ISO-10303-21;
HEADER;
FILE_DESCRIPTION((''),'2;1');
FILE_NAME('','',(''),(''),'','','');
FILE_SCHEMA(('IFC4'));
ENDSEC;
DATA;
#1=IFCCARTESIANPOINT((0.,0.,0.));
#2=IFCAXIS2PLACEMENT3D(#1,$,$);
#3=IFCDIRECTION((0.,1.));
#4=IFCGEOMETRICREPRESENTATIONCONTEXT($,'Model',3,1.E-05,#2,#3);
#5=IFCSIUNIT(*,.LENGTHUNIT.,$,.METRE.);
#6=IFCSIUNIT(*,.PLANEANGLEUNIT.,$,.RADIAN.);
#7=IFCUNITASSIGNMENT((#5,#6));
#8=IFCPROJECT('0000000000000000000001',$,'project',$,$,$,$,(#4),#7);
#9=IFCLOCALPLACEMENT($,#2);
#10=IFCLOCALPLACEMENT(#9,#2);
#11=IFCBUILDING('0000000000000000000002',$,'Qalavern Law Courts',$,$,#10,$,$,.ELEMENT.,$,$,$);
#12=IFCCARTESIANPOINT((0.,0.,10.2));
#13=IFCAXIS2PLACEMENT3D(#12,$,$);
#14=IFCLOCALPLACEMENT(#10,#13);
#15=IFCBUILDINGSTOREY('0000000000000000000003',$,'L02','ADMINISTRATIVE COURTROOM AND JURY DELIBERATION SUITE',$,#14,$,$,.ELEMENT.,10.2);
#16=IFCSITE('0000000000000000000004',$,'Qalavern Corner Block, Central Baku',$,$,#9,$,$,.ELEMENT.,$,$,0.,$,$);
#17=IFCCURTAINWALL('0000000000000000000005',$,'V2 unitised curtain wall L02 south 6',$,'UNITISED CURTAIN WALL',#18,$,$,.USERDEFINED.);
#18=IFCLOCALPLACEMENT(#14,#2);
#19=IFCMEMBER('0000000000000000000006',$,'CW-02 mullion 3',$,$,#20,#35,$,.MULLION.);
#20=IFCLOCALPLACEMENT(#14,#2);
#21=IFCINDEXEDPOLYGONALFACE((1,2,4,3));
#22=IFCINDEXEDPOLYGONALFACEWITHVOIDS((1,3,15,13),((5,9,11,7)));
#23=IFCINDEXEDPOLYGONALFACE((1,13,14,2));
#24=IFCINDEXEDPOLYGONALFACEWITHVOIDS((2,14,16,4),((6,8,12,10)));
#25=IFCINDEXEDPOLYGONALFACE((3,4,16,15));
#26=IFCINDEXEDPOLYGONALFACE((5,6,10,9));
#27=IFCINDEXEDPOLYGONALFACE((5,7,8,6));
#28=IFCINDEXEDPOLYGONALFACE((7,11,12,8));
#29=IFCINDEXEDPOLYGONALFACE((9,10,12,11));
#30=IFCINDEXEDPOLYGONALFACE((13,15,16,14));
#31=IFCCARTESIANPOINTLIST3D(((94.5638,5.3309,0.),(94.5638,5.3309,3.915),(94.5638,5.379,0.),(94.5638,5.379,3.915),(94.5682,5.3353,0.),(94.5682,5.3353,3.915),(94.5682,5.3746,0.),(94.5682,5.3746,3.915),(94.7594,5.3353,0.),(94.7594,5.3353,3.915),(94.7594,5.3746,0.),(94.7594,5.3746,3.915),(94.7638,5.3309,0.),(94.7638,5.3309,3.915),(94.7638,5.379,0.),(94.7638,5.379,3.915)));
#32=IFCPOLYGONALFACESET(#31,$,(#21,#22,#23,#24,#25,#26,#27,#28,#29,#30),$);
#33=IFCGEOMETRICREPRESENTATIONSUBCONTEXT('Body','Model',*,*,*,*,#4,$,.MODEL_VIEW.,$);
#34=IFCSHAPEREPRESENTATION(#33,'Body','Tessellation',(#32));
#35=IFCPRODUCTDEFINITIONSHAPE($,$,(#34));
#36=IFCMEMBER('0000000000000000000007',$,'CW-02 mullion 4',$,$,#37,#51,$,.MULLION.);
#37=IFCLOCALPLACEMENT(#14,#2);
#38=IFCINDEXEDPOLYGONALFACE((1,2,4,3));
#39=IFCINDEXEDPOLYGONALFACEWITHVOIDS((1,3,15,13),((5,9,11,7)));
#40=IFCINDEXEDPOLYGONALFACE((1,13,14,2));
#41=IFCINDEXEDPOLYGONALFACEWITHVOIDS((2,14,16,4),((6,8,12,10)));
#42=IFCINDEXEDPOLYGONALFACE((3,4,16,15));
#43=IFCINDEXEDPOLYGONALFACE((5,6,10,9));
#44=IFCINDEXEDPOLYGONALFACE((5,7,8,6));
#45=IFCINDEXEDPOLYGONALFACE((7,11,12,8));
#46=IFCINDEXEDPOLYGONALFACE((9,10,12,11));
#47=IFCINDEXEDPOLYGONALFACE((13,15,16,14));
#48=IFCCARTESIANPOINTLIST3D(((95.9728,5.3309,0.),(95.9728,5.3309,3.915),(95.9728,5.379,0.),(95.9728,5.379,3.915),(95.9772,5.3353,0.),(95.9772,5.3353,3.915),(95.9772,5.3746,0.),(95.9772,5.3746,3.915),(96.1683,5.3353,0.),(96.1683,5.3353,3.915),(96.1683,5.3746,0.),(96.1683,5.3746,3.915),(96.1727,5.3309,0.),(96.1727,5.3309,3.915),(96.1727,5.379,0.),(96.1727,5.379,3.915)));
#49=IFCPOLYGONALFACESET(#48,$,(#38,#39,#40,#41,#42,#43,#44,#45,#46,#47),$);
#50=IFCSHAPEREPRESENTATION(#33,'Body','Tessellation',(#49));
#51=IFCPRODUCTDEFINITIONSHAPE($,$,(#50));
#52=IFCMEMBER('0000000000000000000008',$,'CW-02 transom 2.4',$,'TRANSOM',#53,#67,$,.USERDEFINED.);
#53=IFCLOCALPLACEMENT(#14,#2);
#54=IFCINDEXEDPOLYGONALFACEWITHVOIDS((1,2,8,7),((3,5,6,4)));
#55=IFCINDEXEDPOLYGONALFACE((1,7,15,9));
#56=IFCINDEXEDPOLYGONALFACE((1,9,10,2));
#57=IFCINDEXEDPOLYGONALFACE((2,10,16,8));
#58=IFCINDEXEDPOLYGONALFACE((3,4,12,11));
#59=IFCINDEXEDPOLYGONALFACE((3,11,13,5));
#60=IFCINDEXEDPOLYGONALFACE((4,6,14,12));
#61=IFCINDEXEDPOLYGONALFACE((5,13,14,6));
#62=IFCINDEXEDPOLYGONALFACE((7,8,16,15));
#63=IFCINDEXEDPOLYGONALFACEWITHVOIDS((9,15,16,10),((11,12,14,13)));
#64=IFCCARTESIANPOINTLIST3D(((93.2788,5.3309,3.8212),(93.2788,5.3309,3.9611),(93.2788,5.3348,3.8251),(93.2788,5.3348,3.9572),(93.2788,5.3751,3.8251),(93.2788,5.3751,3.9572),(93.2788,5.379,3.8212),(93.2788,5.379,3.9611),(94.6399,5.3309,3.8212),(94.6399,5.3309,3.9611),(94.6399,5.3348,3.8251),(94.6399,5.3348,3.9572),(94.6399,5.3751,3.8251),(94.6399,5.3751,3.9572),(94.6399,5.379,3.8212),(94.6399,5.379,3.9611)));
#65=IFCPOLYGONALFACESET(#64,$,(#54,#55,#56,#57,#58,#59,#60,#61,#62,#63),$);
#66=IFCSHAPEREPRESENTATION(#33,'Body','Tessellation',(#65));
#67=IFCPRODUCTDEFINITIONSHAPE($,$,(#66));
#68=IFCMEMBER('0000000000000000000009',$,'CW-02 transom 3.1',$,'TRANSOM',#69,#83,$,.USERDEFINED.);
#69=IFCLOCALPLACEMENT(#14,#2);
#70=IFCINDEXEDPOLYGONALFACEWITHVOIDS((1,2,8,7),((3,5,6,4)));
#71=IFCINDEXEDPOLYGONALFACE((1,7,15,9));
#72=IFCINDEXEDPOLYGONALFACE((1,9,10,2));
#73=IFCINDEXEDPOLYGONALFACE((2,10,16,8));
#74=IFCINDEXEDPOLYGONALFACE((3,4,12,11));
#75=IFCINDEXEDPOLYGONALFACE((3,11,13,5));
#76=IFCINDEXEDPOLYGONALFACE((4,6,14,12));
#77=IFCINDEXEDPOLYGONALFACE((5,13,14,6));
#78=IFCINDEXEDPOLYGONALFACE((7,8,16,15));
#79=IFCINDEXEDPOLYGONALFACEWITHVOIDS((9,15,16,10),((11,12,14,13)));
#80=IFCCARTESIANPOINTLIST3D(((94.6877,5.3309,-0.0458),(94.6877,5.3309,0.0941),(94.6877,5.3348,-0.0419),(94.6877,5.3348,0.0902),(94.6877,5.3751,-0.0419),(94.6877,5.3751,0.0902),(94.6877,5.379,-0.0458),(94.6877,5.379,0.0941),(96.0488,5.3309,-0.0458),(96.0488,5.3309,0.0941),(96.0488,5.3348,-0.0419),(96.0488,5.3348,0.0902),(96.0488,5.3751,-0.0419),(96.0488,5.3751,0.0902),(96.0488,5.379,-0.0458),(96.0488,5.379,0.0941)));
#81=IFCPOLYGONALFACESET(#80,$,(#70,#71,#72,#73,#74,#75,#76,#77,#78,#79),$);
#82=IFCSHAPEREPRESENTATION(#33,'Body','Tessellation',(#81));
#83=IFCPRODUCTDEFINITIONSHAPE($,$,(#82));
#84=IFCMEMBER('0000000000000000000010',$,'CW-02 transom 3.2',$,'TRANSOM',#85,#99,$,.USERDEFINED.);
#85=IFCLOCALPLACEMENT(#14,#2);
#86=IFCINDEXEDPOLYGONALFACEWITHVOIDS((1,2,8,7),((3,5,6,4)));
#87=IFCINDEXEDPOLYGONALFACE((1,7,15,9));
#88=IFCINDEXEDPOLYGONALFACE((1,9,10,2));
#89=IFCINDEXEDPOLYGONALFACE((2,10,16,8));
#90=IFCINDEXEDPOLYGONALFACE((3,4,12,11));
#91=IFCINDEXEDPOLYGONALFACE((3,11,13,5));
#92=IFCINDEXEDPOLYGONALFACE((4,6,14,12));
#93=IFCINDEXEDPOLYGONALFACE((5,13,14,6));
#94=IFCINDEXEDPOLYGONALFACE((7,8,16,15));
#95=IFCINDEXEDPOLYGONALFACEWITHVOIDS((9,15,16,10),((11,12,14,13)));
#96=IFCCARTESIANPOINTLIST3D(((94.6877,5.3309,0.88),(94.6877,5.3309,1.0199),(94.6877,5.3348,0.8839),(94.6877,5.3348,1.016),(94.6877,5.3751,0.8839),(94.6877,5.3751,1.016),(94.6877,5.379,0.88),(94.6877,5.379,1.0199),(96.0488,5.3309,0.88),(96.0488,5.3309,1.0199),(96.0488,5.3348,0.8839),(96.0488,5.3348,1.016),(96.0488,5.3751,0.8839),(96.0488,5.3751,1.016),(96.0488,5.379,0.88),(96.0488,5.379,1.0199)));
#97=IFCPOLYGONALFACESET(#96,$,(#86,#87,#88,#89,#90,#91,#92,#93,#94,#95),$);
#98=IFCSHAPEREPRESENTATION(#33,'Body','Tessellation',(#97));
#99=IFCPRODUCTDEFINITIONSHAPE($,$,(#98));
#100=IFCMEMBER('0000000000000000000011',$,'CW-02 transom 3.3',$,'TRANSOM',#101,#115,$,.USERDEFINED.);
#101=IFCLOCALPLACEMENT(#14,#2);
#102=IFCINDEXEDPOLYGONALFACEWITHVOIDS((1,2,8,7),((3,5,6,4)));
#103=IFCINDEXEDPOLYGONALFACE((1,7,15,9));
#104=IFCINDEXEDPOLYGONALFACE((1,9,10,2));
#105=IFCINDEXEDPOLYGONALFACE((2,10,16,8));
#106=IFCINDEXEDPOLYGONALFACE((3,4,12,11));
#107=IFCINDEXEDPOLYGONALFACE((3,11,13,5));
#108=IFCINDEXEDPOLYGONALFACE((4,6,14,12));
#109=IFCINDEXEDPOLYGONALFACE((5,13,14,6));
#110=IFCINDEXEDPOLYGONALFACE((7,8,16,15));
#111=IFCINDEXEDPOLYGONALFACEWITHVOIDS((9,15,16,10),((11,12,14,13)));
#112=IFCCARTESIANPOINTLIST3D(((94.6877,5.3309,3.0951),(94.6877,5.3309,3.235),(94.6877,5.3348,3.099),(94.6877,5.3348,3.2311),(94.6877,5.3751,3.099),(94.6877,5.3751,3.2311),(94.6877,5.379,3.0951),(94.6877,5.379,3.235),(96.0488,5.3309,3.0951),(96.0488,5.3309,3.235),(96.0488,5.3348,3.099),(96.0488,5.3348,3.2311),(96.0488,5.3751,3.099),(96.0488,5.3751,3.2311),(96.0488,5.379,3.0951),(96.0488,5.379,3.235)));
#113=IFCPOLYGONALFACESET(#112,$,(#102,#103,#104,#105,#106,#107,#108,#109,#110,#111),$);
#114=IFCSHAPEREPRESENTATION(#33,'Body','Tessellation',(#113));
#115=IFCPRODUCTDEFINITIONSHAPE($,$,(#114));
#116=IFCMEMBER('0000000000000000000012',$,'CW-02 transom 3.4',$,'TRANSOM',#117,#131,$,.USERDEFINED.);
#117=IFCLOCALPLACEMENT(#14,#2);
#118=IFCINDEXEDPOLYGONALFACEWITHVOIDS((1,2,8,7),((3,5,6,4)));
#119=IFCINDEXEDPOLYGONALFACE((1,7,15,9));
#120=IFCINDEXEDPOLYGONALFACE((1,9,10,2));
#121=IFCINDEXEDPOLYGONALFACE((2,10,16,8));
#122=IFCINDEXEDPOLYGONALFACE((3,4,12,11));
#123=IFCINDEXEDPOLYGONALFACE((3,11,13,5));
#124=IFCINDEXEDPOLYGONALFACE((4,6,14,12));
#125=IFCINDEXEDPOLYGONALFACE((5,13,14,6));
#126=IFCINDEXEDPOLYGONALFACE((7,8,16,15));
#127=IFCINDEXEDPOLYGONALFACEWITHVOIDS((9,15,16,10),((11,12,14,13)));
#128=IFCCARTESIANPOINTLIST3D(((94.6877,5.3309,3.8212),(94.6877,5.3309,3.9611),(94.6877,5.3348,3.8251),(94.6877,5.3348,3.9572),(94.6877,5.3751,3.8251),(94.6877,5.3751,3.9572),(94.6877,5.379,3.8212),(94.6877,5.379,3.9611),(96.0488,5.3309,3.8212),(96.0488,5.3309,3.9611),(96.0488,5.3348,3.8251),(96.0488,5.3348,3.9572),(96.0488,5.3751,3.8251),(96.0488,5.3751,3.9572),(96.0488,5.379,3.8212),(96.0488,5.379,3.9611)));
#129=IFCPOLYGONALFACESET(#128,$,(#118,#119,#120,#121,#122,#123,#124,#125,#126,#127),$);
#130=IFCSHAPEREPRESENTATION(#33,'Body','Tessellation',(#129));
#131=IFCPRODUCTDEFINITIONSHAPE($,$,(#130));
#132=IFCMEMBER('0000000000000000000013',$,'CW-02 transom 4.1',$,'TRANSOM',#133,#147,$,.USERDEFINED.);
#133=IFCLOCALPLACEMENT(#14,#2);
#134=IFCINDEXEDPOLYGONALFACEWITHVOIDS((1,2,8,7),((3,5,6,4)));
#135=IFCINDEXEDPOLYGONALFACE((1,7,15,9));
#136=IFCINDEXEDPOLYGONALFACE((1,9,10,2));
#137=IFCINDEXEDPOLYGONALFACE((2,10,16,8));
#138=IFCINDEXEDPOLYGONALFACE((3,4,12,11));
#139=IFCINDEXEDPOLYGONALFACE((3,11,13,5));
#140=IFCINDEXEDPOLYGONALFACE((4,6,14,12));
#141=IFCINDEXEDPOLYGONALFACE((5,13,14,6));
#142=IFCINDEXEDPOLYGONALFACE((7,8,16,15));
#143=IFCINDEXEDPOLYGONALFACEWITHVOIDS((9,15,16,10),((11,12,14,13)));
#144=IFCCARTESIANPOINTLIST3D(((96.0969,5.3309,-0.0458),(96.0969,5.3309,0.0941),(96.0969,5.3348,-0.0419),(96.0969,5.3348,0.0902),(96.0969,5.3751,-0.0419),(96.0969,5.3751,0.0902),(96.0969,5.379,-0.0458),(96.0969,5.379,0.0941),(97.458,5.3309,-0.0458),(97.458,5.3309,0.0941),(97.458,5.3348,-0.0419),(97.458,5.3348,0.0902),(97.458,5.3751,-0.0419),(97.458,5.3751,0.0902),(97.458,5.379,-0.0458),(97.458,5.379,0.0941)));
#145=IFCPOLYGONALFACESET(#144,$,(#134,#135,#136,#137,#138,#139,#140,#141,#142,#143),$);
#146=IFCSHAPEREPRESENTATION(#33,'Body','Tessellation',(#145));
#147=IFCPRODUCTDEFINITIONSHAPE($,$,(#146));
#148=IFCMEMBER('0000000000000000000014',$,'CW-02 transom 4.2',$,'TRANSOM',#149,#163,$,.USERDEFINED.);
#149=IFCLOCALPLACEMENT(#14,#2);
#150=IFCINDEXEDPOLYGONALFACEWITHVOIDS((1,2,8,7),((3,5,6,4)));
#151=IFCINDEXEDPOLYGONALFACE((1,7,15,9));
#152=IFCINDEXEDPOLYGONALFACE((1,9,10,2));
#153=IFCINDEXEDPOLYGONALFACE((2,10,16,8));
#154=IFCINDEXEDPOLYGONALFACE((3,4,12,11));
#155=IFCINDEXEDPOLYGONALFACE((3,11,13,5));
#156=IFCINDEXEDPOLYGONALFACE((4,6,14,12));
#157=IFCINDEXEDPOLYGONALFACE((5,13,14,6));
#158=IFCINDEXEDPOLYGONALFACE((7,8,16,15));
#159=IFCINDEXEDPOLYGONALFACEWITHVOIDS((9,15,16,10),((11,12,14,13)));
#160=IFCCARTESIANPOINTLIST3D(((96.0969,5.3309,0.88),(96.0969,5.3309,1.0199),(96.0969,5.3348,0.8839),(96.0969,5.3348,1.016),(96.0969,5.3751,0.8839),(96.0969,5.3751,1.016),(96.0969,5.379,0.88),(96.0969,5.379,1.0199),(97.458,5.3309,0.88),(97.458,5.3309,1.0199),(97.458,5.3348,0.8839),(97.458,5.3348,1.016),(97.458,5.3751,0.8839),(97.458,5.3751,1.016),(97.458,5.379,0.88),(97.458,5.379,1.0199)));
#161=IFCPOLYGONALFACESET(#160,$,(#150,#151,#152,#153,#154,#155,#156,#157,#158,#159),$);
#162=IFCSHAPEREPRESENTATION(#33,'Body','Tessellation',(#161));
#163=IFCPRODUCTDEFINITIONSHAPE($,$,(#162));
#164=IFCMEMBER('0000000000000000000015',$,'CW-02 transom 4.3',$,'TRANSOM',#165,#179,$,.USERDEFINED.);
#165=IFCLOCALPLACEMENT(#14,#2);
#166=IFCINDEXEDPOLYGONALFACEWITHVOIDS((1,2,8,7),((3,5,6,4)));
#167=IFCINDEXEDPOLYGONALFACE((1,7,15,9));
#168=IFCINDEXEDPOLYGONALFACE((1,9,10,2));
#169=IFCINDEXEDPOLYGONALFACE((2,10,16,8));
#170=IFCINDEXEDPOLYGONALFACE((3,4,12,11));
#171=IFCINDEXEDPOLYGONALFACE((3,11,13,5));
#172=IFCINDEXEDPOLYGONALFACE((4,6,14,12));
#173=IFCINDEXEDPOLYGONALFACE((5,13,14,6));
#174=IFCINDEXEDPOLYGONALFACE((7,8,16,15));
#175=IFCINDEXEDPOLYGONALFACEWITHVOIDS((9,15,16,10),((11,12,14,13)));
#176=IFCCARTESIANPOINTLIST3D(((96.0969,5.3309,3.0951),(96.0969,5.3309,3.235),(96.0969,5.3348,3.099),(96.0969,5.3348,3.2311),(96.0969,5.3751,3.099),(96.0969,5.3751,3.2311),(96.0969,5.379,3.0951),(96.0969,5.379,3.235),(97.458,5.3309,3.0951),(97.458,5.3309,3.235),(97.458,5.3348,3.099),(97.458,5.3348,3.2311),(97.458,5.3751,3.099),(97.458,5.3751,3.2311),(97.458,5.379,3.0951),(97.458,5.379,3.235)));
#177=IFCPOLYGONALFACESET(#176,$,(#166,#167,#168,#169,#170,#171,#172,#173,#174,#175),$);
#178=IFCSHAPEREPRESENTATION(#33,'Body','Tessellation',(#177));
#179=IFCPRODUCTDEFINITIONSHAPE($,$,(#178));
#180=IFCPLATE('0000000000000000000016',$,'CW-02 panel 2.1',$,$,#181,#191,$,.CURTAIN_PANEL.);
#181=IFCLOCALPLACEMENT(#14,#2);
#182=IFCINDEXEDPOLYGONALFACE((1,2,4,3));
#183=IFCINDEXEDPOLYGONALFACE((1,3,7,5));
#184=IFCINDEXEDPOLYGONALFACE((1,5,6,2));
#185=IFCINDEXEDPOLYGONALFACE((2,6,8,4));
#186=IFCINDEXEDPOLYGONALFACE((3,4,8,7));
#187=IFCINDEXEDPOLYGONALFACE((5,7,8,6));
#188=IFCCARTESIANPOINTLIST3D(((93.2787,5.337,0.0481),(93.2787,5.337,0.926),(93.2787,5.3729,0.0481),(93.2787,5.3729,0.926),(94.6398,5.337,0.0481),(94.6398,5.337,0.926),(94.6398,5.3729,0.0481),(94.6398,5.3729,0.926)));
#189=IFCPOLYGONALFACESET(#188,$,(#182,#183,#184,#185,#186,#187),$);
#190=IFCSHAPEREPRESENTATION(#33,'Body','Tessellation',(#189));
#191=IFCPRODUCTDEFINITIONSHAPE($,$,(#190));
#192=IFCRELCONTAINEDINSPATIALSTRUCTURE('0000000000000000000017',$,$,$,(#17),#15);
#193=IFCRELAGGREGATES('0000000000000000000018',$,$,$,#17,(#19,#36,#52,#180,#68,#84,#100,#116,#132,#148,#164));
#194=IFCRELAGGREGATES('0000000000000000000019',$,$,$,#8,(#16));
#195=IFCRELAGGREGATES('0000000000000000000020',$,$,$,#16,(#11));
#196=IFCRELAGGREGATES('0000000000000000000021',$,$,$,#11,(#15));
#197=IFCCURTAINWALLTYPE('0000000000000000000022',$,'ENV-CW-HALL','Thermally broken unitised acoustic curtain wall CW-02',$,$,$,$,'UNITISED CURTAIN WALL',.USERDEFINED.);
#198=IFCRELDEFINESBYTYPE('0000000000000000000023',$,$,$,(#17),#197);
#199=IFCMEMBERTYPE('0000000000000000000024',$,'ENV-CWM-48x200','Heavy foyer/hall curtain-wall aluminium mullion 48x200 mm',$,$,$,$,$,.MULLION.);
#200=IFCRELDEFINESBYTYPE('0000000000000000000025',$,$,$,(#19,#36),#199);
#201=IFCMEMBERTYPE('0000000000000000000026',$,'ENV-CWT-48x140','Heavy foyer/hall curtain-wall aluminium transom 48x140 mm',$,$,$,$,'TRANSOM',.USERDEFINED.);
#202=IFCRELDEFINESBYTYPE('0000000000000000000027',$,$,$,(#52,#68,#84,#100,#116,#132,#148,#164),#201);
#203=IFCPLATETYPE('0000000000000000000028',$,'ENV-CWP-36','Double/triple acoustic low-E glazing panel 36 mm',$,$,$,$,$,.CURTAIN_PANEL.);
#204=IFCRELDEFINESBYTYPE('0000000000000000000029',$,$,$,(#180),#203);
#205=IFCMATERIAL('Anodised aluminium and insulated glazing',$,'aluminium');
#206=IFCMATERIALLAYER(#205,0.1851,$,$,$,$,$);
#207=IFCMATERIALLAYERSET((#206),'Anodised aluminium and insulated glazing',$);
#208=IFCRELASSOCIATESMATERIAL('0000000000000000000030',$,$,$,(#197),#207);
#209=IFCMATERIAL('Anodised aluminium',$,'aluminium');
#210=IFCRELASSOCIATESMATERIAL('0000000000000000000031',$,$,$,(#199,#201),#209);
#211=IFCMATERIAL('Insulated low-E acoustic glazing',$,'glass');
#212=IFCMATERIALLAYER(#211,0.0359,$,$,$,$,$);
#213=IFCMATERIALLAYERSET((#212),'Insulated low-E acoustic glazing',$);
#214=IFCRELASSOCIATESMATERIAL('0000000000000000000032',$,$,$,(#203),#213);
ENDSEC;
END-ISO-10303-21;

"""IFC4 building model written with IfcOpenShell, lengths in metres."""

from ifc_helpers import new_model, si_unit, direction, frame, origin, origin_2d, place, context, subcontext, project, spatial, rectangle, hollow_rectangle, extrude, material, layer, layer_set, material_profile, profile_set, type_object, element, aggregate, save


model = new_model("IFC4")

# Units and contexts
model_context = context("Model", 3, precision=1e-05, world=origin(), true_north=direction((0.0, 1.0)))
body_context = subcontext(model_context, "Body", "Model", "MODEL_VIEW")
ifc_project = project(units=[si_unit("LENGTHUNIT", "METRE"), si_unit("PLANEANGLEUNIT", "RADIAN")], contexts=[model_context])

# Site, building, storey
site_placement = place(None, origin())
site = spatial("IfcSite", under=ifc_project, at=site_placement, Name="Qalavern Corner Block, Central Baku", CompositionType="ELEMENT", RefElevation=0.0)
building_placement = place(site_placement, origin())
building = spatial("IfcBuilding", under=site, at=building_placement, Name="Qalavern Law Courts", CompositionType="ELEMENT")
storey_placement = place(building_placement, frame((0.0, 0.0, 10.2)))
storey = spatial("IfcBuildingStorey", under=building, at=storey_placement, Name="L02", Description="ADMINISTRATIVE COURTROOM AND JURY DELIBERATION SUITE", CompositionType="ELEMENT", Elevation=10.2)

# Curtain wall, members, plate
ifc_material_1 = material(Name="Anodised aluminium and insulated glazing", Category="aluminium")
ifc_layer_1 = layer(ifc_material_1, 0.1851)
ifc_layer_set_1 = layer_set([ifc_layer_1], Name="Anodised aluminium and insulated glazing")
curtain_wall_type = type_object("IfcCurtainWallType", Name="ENV-CW-HALL", Description="Thermally broken unitised acoustic curtain wall CW-02", ElementType="UNITISED CURTAIN WALL", PredefinedType="USERDEFINED", material=ifc_layer_set_1)
curtain_wall_placement = place(storey_placement, origin())
curtain_wall = element("IfcCurtainWall", 1, at=curtain_wall_placement, inside=storey, type_object=curtain_wall_type, Name="V2 unitised curtain wall L02 south 6", ObjectType="UNITISED CURTAIN WALL", PredefinedType="USERDEFINED")
ifc_material_2 = material(Name="Anodised aluminium", Category="aluminium")
ifc_material_profile_1 = material_profile(ifc_material_2, hollow_rectangle(XDim=0.0481, YDim=0.2, WallThickness=0.0044, at=origin_2d()), Name="ALU MULLION 48x200")
ifc_profile_set_1 = profile_set([ifc_material_profile_1], Name="Anodised aluminium")
member_type_1 = type_object("IfcMemberType", Name="ENV-CWM-48x200", Description="Heavy foyer/hall curtain-wall aluminium mullion 48x200 mm", PredefinedType="MULLION", material=ifc_profile_set_1)
member_1_placement = place(storey_placement, frame((94.6638, 5.355, 0.0), z_axis=(0.0, 0.0, 1.0), x_axis=(0.0, 1.0, 0.0)))
member_1 = element("IfcMember", 2, at=member_1_placement, type_object=member_type_1, Name="CW-02 mullion 3", PredefinedType="MULLION", context=body_context, shape_type="SweptSolid", body=[
    extrude(hollow_rectangle(XDim=0.0481, YDim=0.2, WallThickness=0.0044, at=origin_2d()), origin(), (0.0, 0.0, 1.0), 3.915),
])
member_2_placement = place(storey_placement, frame((96.0728, 5.355, 0.0), z_axis=(0.0, 0.0, 1.0), x_axis=(0.0, 1.0, 0.0)))
member_2 = element("IfcMember", 3, at=member_2_placement, type_object=member_type_1, Name="CW-02 mullion 4", PredefinedType="MULLION", context=body_context, shape_type="SweptSolid", body=[
    extrude(hollow_rectangle(XDim=0.0481, YDim=0.2, WallThickness=0.0044, at=origin_2d()), origin(), (0.0, 0.0, 1.0), 3.915),
])
ifc_material_profile_2 = material_profile(ifc_material_2, hollow_rectangle(XDim=0.0481, YDim=0.1399, WallThickness=0.0039, at=origin_2d()), Name="ALU TRANSOM 48x140")
ifc_profile_set_2 = profile_set([ifc_material_profile_2], Name="Anodised aluminium")
member_type_2 = type_object("IfcMemberType", Name="ENV-CWT-48x140", Description="Heavy foyer/hall curtain-wall aluminium transom 48x140 mm", ElementType="TRANSOM", PredefinedType="USERDEFINED", material=ifc_profile_set_2)
member_3_placement = place(storey_placement, frame((93.2788, 5.355, 3.8911), z_axis=(1.0, 0.0, 0.0), x_axis=(0.0, 1.0, 0.0)))
member_3 = element("IfcMember", 4, at=member_3_placement, type_object=member_type_2, Name="CW-02 transom 2.4", ObjectType="TRANSOM", PredefinedType="USERDEFINED", context=body_context, shape_type="SweptSolid", body=[
    extrude(hollow_rectangle(XDim=0.0481, YDim=0.1399, WallThickness=0.0039, at=origin_2d()), origin(), (0.0, 0.0, 1.0), 1.3611),
])
member_4_placement = place(storey_placement, frame((94.6877, 5.355, 0.0242), z_axis=(1.0, 0.0, 0.0), x_axis=(0.0, 1.0, 0.0)))
member_4 = element("IfcMember", 5, at=member_4_placement, type_object=member_type_2, Name="CW-02 transom 3.1", ObjectType="TRANSOM", PredefinedType="USERDEFINED", context=body_context, shape_type="SweptSolid", body=[
    extrude(hollow_rectangle(XDim=0.0481, YDim=0.1399, WallThickness=0.0039, at=origin_2d()), origin(), (0.0, 0.0, 1.0), 1.3611),
])
member_5_placement = place(storey_placement, frame((94.6877, 5.355, 0.95), z_axis=(1.0, 0.0, 0.0), x_axis=(0.0, 1.0, 0.0)))
member_5 = element("IfcMember", 6, at=member_5_placement, type_object=member_type_2, Name="CW-02 transom 3.2", ObjectType="TRANSOM", PredefinedType="USERDEFINED", context=body_context, shape_type="SweptSolid", body=[
    extrude(hollow_rectangle(XDim=0.0481, YDim=0.1399, WallThickness=0.0039, at=origin_2d()), origin(), (0.0, 0.0, 1.0), 1.3611),
])
member_6_placement = place(storey_placement, frame((94.6877, 5.355, 3.165), z_axis=(1.0, 0.0, 0.0), x_axis=(0.0, 1.0, 0.0)))
member_6 = element("IfcMember", 7, at=member_6_placement, type_object=member_type_2, Name="CW-02 transom 3.3", ObjectType="TRANSOM", PredefinedType="USERDEFINED", context=body_context, shape_type="SweptSolid", body=[
    extrude(hollow_rectangle(XDim=0.0481, YDim=0.1399, WallThickness=0.0039, at=origin_2d()), origin(), (0.0, 0.0, 1.0), 1.3611),
])
member_7_placement = place(storey_placement, frame((94.6877, 5.355, 3.8911), z_axis=(1.0, 0.0, 0.0), x_axis=(0.0, 1.0, 0.0)))
member_7 = element("IfcMember", 8, at=member_7_placement, type_object=member_type_2, Name="CW-02 transom 3.4", ObjectType="TRANSOM", PredefinedType="USERDEFINED", context=body_context, shape_type="SweptSolid", body=[
    extrude(hollow_rectangle(XDim=0.0481, YDim=0.1399, WallThickness=0.0039, at=origin_2d()), origin(), (0.0, 0.0, 1.0), 1.3611),
])
member_8_placement = place(storey_placement, frame((96.0969, 5.355, 0.0242), z_axis=(1.0, 0.0, 0.0), x_axis=(0.0, 1.0, 0.0)))
member_8 = element("IfcMember", 9, at=member_8_placement, type_object=member_type_2, Name="CW-02 transom 4.1", ObjectType="TRANSOM", PredefinedType="USERDEFINED", context=body_context, shape_type="SweptSolid", body=[
    extrude(hollow_rectangle(XDim=0.0481, YDim=0.1399, WallThickness=0.0039, at=origin_2d()), origin(), (0.0, 0.0, 1.0), 1.3611),
])
member_9_placement = place(storey_placement, frame((96.0969, 5.355, 0.95), z_axis=(1.0, 0.0, 0.0), x_axis=(0.0, 1.0, 0.0)))
member_9 = element("IfcMember", 10, at=member_9_placement, type_object=member_type_2, Name="CW-02 transom 4.2", ObjectType="TRANSOM", PredefinedType="USERDEFINED", context=body_context, shape_type="SweptSolid", body=[
    extrude(hollow_rectangle(XDim=0.0481, YDim=0.1399, WallThickness=0.0039, at=origin_2d()), origin(), (0.0, 0.0, 1.0), 1.3611),
])
member_10_placement = place(storey_placement, frame((96.0969, 5.355, 3.165), z_axis=(1.0, 0.0, 0.0), x_axis=(0.0, 1.0, 0.0)))
member_10 = element("IfcMember", 11, at=member_10_placement, type_object=member_type_2, Name="CW-02 transom 4.3", ObjectType="TRANSOM", PredefinedType="USERDEFINED", context=body_context, shape_type="SweptSolid", body=[
    extrude(hollow_rectangle(XDim=0.0481, YDim=0.1399, WallThickness=0.0039, at=origin_2d()), origin(), (0.0, 0.0, 1.0), 1.3611),
])
ifc_material_3 = material(Name="Insulated low-E acoustic glazing", Category="glass")
ifc_layer_2 = layer(ifc_material_3, 0.0359)
ifc_layer_set_2 = layer_set([ifc_layer_2], Name="Insulated low-E acoustic glazing")
plate_type = type_object("IfcPlateType", Name="ENV-CWP-36", Description="Double/triple acoustic low-E glazing panel 36 mm", PredefinedType="CURTAIN_PANEL", material=ifc_layer_set_2)
plate_1_placement = place(storey_placement, frame((93.9592, 5.355, 0.0481), z_axis=(0.0, 0.0, 1.0), x_axis=(1.0, 0.0, 0.0)))
plate_1 = element("IfcPlate", 12, at=plate_1_placement, type_object=plate_type, Name="CW-02 panel 2.1", PredefinedType="CURTAIN_PANEL", context=body_context, shape_type="SweptSolid", body=[
    extrude(rectangle(XDim=1.3611, YDim=0.0359, at=origin_2d()), origin(), (0.0, 0.0, 1.0), 0.8779),
])
aggregate(curtain_wall, [member_1, member_2, member_3, plate_1, member_4, member_5, member_6, member_7, member_8, member_9, member_10])

save(model, "model.ifc")
